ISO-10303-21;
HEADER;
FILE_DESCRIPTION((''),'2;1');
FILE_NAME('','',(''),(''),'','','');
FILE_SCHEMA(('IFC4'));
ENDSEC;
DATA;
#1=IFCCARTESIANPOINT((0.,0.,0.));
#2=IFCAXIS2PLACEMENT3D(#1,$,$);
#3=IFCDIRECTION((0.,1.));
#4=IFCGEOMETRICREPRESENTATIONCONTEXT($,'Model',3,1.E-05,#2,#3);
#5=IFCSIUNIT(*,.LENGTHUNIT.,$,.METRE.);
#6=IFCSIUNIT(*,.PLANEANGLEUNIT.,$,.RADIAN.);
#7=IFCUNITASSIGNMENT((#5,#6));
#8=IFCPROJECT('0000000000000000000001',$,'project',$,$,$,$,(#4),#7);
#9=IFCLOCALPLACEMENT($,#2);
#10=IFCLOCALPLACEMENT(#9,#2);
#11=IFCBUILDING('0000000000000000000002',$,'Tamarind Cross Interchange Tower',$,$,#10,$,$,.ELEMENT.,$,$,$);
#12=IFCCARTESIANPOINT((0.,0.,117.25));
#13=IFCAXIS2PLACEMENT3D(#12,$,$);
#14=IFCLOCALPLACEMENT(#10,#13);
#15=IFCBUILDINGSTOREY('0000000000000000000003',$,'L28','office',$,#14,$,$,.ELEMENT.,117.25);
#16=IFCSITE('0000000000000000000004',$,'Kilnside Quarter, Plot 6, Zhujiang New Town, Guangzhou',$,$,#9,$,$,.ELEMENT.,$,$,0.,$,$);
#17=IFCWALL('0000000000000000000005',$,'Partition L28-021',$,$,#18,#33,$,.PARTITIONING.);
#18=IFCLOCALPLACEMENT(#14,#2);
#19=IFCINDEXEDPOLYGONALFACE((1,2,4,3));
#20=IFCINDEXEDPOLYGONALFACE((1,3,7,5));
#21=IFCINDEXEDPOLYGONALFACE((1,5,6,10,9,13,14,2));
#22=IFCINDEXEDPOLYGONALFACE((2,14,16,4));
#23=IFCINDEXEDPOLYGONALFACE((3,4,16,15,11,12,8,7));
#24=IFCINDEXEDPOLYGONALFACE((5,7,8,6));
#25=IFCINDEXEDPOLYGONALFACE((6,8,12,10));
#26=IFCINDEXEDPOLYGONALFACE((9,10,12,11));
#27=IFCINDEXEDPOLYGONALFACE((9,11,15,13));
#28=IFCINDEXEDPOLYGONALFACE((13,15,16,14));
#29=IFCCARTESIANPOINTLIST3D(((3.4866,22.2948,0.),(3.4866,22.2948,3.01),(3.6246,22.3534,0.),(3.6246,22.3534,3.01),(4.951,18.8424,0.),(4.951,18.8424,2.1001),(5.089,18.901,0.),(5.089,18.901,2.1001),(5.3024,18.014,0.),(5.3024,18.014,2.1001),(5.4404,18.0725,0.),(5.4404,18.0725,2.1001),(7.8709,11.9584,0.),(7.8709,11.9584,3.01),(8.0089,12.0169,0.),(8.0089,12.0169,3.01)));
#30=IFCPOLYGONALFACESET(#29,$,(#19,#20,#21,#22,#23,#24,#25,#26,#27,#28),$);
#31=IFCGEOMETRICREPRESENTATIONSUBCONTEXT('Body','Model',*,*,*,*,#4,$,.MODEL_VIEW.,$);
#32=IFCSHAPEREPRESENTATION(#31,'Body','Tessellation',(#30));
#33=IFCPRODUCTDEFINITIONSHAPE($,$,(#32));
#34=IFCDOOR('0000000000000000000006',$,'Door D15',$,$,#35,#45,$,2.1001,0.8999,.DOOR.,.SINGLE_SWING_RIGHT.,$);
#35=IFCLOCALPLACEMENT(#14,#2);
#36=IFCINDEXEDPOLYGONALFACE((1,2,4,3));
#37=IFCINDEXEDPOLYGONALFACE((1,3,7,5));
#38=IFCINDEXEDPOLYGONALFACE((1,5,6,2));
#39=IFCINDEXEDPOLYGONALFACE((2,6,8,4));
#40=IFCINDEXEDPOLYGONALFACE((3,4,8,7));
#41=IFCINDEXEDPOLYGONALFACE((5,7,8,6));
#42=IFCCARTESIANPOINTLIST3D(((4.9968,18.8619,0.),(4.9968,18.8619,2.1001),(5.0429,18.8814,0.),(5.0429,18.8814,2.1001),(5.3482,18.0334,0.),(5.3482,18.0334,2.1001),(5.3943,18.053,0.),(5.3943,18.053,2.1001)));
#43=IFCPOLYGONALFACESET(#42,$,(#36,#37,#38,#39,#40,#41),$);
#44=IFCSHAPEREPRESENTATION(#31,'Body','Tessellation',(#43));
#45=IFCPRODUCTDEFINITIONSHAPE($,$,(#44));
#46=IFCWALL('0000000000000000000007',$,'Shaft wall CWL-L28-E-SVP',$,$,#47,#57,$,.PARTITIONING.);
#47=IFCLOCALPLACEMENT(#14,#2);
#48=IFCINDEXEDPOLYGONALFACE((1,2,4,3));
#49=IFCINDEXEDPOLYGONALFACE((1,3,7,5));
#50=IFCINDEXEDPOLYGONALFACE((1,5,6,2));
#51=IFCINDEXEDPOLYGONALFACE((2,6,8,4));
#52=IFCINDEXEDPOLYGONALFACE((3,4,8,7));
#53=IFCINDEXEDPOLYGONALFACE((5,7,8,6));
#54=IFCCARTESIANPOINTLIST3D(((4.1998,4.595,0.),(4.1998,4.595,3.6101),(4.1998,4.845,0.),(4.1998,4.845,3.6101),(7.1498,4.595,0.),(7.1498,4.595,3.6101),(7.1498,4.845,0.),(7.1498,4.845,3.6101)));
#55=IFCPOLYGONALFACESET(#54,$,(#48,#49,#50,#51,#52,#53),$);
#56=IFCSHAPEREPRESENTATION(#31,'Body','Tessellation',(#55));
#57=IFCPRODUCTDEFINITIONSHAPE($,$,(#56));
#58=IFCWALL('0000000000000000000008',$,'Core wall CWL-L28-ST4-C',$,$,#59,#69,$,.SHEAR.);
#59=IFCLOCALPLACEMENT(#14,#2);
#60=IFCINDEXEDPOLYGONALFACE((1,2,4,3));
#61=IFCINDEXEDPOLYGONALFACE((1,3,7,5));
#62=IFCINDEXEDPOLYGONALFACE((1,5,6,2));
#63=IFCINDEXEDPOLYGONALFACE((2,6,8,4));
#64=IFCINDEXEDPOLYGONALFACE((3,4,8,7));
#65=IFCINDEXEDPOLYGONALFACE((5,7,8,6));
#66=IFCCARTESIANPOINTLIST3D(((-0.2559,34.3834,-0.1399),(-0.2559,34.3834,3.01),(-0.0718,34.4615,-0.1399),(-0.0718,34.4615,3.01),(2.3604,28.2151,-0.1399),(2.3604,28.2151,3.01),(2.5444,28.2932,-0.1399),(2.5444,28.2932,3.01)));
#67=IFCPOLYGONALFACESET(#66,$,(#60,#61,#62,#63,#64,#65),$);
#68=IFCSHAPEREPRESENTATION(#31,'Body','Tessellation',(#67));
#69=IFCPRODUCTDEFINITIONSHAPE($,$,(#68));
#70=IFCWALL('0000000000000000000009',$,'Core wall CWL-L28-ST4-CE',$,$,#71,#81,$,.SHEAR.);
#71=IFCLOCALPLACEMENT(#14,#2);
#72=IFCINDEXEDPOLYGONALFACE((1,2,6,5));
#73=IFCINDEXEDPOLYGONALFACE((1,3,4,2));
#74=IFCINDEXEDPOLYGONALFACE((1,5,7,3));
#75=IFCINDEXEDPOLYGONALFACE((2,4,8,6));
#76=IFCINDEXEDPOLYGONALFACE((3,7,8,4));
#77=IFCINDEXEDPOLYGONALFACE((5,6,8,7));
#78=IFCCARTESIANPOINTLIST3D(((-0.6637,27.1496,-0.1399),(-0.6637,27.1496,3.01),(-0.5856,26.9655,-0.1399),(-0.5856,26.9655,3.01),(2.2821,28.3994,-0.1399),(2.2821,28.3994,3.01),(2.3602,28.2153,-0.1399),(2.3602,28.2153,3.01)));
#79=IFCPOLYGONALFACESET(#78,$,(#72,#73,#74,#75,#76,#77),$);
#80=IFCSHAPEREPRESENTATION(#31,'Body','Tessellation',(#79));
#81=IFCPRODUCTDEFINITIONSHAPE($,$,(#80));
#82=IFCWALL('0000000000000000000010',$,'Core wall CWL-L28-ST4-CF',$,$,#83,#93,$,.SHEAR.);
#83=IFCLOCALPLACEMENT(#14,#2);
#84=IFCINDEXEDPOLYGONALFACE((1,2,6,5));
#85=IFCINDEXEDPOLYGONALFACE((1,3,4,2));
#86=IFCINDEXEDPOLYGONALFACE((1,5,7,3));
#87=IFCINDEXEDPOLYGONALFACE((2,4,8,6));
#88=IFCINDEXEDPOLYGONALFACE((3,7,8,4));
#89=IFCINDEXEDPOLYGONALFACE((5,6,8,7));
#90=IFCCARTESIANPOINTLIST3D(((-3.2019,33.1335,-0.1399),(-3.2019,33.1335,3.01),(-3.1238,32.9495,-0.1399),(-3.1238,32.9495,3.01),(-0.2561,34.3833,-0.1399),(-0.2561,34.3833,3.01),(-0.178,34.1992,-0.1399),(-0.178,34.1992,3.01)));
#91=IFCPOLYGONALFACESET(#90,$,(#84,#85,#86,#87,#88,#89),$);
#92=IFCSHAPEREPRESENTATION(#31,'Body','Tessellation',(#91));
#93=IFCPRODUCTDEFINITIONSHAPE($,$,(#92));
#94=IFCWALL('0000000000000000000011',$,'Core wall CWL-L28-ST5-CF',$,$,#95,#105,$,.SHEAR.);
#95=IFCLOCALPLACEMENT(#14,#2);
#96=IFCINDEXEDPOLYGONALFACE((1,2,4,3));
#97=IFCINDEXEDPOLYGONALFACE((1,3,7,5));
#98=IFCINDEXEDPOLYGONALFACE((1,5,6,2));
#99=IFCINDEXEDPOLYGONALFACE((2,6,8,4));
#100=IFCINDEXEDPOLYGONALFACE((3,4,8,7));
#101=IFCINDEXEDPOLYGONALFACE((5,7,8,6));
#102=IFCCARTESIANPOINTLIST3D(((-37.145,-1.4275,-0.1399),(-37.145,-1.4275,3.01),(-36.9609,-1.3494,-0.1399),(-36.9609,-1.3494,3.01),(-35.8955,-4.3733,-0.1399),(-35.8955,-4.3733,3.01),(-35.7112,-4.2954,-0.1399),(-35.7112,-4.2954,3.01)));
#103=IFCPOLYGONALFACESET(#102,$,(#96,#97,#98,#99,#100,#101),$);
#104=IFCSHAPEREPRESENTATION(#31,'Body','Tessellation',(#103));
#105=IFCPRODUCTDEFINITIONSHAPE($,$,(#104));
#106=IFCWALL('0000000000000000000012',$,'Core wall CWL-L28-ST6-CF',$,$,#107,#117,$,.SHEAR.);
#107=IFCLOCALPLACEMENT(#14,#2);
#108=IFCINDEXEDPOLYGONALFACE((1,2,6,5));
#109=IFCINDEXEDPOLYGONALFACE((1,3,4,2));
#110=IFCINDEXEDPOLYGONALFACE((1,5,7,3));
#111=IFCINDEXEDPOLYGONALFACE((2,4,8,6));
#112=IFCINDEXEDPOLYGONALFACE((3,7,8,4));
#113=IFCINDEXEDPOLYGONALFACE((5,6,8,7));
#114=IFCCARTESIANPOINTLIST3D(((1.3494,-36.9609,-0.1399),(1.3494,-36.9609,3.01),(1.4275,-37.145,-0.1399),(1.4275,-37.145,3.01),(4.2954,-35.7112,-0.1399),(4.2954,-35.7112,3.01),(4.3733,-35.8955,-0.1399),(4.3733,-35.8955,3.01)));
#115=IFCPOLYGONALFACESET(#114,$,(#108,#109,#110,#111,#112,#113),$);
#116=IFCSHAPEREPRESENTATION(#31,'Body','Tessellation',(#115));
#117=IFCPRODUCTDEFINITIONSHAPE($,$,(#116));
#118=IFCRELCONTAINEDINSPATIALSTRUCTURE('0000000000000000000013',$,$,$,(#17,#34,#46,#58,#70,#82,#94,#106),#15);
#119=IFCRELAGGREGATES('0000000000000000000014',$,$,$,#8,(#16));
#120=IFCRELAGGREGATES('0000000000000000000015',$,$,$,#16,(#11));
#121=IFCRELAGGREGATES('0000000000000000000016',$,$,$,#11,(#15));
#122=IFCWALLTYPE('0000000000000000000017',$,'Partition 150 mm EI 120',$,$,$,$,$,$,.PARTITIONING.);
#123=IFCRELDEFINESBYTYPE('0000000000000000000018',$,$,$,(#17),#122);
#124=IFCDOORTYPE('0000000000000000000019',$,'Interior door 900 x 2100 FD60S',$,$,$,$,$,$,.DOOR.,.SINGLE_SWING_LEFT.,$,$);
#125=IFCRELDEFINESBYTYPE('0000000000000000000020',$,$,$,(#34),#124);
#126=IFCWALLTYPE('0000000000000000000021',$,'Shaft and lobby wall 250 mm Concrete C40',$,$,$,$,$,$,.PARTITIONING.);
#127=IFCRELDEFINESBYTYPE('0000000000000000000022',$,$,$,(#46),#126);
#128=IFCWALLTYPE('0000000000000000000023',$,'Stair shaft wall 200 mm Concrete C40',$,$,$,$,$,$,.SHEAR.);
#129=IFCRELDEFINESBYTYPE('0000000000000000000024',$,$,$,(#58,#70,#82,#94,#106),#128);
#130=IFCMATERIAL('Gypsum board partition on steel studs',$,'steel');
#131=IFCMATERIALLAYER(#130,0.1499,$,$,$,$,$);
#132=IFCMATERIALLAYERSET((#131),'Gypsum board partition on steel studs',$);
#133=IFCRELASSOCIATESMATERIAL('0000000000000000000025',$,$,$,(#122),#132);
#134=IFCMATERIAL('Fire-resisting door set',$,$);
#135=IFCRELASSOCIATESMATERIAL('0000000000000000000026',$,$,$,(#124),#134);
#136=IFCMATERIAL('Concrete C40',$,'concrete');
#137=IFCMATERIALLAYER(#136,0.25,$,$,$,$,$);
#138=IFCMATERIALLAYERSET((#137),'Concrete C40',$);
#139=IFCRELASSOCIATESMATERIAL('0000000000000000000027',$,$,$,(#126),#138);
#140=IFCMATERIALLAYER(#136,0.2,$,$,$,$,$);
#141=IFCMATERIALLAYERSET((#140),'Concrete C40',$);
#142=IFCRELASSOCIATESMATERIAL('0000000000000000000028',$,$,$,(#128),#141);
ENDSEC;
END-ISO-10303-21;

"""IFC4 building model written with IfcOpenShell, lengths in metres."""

from ifc_helpers import new_model, si_unit, direction, frame, frame_2d, origin, place, context, subcontext, project, spatial, polyline, rectangle, outline, extrude, material, layer, layer_set, type_object, element, fill, save


model = new_model("IFC4")

# Units and contexts
model_context = context("Model", 3, precision=1e-05, world=origin(), true_north=direction((0.0, 1.0)))
body_context = subcontext(model_context, "Body", "Model", "MODEL_VIEW")
ifc_project = project(units=[si_unit("LENGTHUNIT", "METRE"), si_unit("PLANEANGLEUNIT", "RADIAN")], contexts=[model_context])

# Site, building, storey
site_placement = place(None, origin())
site = spatial("IfcSite", under=ifc_project, at=site_placement, Name="Kilnside Quarter, Plot 6, Zhujiang New Town, Guangzhou", CompositionType="ELEMENT", RefElevation=0.0)
building_placement = place(site_placement, origin())
building = spatial("IfcBuilding", under=site, at=building_placement, Name="Tamarind Cross Interchange Tower", CompositionType="ELEMENT")
storey_placement = place(building_placement, frame((0.0, 0.0, 117.25)))
storey = spatial("IfcBuildingStorey", under=building, at=storey_placement, Name="L28", Description="office", CompositionType="ELEMENT", Elevation=117.25)

# Shared definitions
ifc_material_1 = material(Name="Concrete C40", Category="concrete")

# Shared definitions
ifc_material_2 = material(Name="Gypsum board partition on steel studs", Category="steel")
ifc_layer_1 = layer(ifc_material_2, 0.1499)
ifc_layer_set_1 = layer_set([ifc_layer_1], Name="Gypsum board partition on steel studs")
wall_type_1 = type_object("IfcWallType", Name="Partition 150 mm EI 120", PredefinedType="PARTITIONING", material=ifc_layer_set_1)

# Wall, opening, door
wall_1_placement = place(storey_placement, frame((3.5557, 22.324, 0.0), z_axis=(0.0, 0.0, 1.0), x_axis=(0.390484, -0.92061, 0.0)))
wall_1 = element("IfcWall", 1, at=wall_1_placement, inside=storey, type_object=wall_type_1, Name="Partition L28-021", PredefinedType="PARTITIONING", context=body_context, shape_type="SweptSolid", body=[
    extrude(rectangle(XDim=11.2278, YDim=0.1499, at=frame_2d((5.6138, 0.0))), origin(), (0.0, 0.0, 1.0), 3.01),
])
opening_placement = place(wall_1_placement, frame((3.75, 0.0, 0.0)))
opening = element("IfcOpeningElement", 2, at=opening_placement, cuts=wall_1, PredefinedType="OPENING", context=body_context, shape_type="SweptSolid", body=[
    extrude(rectangle(XDim=0.8999, YDim=2.1001, at=frame_2d((0.45, 1.05))), frame((0.0, 0.085, 0.0), z_axis=(0.0, -1.0, 0.0), x_axis=(1.0, 0.0, 0.0)), (0.0, 0.0, 1.0), 0.1699),
])
ifc_material_3 = material(Name="Fire-resisting door set")
door_type = type_object("IfcDoorType", Name="Interior door 900 x 2100 FD60S", OperationType="SINGLE_SWING_LEFT", PredefinedType="DOOR", material=ifc_material_3)
door_placement = place(opening_placement, origin())
door = element("IfcDoor", 3, at=door_placement, inside=storey, type_object=door_type, Name="Door D15", OperationType="SINGLE_SWING_RIGHT", OverallHeight=2.1001, OverallWidth=0.8999, PredefinedType="DOOR", context=body_context, shape_type="SweptSolid", body=[
    extrude(rectangle(XDim=0.8999, YDim=2.1001, at=frame_2d((0.45, 1.05))), frame((0.0, 0.0249, 0.0), z_axis=(0.0, -1.0, 0.0), x_axis=(1.0, 0.0, 0.0)), (0.0, 0.0, 1.0), 0.05),
])
fill(opening, door)

# Walls
ifc_layer_2 = layer(ifc_material_1, 0.25)
ifc_layer_set_2 = layer_set([ifc_layer_2], Name="Concrete C40")
wall_type_2 = type_object("IfcWallType", Name="Shaft and lobby wall 250 mm Concrete C40", PredefinedType="PARTITIONING", material=ifc_layer_set_2)
wall_2_placement = place(storey_placement, frame((7.1499, 4.72, 0.0), z_axis=(0.0, 0.0, 1.0), x_axis=(-1.0, 0.0, 0.0)))
element("IfcWall", 4, at=wall_2_placement, inside=storey, type_object=wall_type_2, Name="Shaft wall CWL-L28-E-SVP", PredefinedType="PARTITIONING", context=body_context, shape_type="SweptSolid", body=[
    extrude(rectangle(XDim=2.95, YDim=0.25, at=frame_2d((1.4751, 0.0))), origin(), (0.0, 0.0, 1.0), 3.6101),
])
ifc_layer_3 = layer(ifc_material_1, 0.2)
ifc_layer_set_3 = layer_set([ifc_layer_3], Name="Concrete C40")
wall_type_3 = type_object("IfcWallType", Name="Stair shaft wall 200 mm Concrete C40", PredefinedType="SHEAR", material=ifc_layer_set_3)
wall_3_placement = place(storey_placement, frame((2.4524, 28.2542, -0.1399), z_axis=(0.0, 0.0, 1.0), x_axis=(-0.390473, 0.920614, 0.0)))
element("IfcWall", 5, at=wall_3_placement, inside=storey, type_object=wall_type_3, Name="Core wall CWL-L28-ST4-C", PredefinedType="SHEAR", context=body_context, shape_type="SweptSolid", body=[
    extrude(rectangle(XDim=6.7002, YDim=0.2, at=frame_2d((3.3501, 0.0))), origin(), (0.0, 0.0, 1.0), 3.1499),
])
wall_4_placement = place(storey_placement, frame((2.3213, 28.3074, -0.1399), z_axis=(0.0, 0.0, 1.0), x_axis=(-0.920579, -0.390556, 0.0)))
element("IfcWall", 6, at=wall_4_placement, inside=storey, type_object=wall_type_3, Name="Core wall CWL-L28-ST4-CE", PredefinedType="SHEAR", context=body_context, shape_type="SweptSolid", body=[
    extrude(rectangle(XDim=3.2, YDim=0.2, at=frame_2d((1.6001, 0.0))), origin(), (0.0, 0.0, 1.0), 3.1499),
])
wall_5_placement = place(storey_placement, frame((0.0, 0.0, -0.1399)))
element("IfcWall", 7, at=wall_5_placement, inside=storey, type_object=wall_type_3, Name="Core wall CWL-L28-ST4-CF", PredefinedType="SHEAR", context=body_context, shape_type="SweptSolid", body=[
    extrude(outline(polyline([(-0.178, 34.1992), (-0.2561, 34.3833), (-3.2019, 33.1335), (-3.1238, 32.9495), (-0.178, 34.1992)])), origin(), (0.0, 0.0, 1.0), 3.1499),
])
wall_6_placement = place(storey_placement, frame((0.0, 0.0, -0.1399)))
element("IfcWall", 8, at=wall_6_placement, inside=storey, type_object=wall_type_3, Name="Core wall CWL-L28-ST5-CF", PredefinedType="SHEAR", context=body_context, shape_type="SweptSolid", body=[
    extrude(outline(polyline([(-36.9609, -1.3494), (-37.145, -1.4275), (-35.8955, -4.3733), (-35.7112, -4.2954), (-36.9609, -1.3494)])), origin(), (0.0, 0.0, 1.0), 3.1499),
])
wall_7_placement = place(storey_placement, frame((0.0, 0.0, -0.1399)))
element("IfcWall", 9, at=wall_7_placement, inside=storey, type_object=wall_type_3, Name="Core wall CWL-L28-ST6-CF", PredefinedType="SHEAR", context=body_context, shape_type="SweptSolid", body=[
    extrude(outline(polyline([(1.3494, -36.9609), (1.4275, -37.145), (4.3733, -35.8955), (4.2954, -35.7112), (1.3494, -36.9609)])), origin(), (0.0, 0.0, 1.0), 3.1499),
])

save(model, "model.ifc")
